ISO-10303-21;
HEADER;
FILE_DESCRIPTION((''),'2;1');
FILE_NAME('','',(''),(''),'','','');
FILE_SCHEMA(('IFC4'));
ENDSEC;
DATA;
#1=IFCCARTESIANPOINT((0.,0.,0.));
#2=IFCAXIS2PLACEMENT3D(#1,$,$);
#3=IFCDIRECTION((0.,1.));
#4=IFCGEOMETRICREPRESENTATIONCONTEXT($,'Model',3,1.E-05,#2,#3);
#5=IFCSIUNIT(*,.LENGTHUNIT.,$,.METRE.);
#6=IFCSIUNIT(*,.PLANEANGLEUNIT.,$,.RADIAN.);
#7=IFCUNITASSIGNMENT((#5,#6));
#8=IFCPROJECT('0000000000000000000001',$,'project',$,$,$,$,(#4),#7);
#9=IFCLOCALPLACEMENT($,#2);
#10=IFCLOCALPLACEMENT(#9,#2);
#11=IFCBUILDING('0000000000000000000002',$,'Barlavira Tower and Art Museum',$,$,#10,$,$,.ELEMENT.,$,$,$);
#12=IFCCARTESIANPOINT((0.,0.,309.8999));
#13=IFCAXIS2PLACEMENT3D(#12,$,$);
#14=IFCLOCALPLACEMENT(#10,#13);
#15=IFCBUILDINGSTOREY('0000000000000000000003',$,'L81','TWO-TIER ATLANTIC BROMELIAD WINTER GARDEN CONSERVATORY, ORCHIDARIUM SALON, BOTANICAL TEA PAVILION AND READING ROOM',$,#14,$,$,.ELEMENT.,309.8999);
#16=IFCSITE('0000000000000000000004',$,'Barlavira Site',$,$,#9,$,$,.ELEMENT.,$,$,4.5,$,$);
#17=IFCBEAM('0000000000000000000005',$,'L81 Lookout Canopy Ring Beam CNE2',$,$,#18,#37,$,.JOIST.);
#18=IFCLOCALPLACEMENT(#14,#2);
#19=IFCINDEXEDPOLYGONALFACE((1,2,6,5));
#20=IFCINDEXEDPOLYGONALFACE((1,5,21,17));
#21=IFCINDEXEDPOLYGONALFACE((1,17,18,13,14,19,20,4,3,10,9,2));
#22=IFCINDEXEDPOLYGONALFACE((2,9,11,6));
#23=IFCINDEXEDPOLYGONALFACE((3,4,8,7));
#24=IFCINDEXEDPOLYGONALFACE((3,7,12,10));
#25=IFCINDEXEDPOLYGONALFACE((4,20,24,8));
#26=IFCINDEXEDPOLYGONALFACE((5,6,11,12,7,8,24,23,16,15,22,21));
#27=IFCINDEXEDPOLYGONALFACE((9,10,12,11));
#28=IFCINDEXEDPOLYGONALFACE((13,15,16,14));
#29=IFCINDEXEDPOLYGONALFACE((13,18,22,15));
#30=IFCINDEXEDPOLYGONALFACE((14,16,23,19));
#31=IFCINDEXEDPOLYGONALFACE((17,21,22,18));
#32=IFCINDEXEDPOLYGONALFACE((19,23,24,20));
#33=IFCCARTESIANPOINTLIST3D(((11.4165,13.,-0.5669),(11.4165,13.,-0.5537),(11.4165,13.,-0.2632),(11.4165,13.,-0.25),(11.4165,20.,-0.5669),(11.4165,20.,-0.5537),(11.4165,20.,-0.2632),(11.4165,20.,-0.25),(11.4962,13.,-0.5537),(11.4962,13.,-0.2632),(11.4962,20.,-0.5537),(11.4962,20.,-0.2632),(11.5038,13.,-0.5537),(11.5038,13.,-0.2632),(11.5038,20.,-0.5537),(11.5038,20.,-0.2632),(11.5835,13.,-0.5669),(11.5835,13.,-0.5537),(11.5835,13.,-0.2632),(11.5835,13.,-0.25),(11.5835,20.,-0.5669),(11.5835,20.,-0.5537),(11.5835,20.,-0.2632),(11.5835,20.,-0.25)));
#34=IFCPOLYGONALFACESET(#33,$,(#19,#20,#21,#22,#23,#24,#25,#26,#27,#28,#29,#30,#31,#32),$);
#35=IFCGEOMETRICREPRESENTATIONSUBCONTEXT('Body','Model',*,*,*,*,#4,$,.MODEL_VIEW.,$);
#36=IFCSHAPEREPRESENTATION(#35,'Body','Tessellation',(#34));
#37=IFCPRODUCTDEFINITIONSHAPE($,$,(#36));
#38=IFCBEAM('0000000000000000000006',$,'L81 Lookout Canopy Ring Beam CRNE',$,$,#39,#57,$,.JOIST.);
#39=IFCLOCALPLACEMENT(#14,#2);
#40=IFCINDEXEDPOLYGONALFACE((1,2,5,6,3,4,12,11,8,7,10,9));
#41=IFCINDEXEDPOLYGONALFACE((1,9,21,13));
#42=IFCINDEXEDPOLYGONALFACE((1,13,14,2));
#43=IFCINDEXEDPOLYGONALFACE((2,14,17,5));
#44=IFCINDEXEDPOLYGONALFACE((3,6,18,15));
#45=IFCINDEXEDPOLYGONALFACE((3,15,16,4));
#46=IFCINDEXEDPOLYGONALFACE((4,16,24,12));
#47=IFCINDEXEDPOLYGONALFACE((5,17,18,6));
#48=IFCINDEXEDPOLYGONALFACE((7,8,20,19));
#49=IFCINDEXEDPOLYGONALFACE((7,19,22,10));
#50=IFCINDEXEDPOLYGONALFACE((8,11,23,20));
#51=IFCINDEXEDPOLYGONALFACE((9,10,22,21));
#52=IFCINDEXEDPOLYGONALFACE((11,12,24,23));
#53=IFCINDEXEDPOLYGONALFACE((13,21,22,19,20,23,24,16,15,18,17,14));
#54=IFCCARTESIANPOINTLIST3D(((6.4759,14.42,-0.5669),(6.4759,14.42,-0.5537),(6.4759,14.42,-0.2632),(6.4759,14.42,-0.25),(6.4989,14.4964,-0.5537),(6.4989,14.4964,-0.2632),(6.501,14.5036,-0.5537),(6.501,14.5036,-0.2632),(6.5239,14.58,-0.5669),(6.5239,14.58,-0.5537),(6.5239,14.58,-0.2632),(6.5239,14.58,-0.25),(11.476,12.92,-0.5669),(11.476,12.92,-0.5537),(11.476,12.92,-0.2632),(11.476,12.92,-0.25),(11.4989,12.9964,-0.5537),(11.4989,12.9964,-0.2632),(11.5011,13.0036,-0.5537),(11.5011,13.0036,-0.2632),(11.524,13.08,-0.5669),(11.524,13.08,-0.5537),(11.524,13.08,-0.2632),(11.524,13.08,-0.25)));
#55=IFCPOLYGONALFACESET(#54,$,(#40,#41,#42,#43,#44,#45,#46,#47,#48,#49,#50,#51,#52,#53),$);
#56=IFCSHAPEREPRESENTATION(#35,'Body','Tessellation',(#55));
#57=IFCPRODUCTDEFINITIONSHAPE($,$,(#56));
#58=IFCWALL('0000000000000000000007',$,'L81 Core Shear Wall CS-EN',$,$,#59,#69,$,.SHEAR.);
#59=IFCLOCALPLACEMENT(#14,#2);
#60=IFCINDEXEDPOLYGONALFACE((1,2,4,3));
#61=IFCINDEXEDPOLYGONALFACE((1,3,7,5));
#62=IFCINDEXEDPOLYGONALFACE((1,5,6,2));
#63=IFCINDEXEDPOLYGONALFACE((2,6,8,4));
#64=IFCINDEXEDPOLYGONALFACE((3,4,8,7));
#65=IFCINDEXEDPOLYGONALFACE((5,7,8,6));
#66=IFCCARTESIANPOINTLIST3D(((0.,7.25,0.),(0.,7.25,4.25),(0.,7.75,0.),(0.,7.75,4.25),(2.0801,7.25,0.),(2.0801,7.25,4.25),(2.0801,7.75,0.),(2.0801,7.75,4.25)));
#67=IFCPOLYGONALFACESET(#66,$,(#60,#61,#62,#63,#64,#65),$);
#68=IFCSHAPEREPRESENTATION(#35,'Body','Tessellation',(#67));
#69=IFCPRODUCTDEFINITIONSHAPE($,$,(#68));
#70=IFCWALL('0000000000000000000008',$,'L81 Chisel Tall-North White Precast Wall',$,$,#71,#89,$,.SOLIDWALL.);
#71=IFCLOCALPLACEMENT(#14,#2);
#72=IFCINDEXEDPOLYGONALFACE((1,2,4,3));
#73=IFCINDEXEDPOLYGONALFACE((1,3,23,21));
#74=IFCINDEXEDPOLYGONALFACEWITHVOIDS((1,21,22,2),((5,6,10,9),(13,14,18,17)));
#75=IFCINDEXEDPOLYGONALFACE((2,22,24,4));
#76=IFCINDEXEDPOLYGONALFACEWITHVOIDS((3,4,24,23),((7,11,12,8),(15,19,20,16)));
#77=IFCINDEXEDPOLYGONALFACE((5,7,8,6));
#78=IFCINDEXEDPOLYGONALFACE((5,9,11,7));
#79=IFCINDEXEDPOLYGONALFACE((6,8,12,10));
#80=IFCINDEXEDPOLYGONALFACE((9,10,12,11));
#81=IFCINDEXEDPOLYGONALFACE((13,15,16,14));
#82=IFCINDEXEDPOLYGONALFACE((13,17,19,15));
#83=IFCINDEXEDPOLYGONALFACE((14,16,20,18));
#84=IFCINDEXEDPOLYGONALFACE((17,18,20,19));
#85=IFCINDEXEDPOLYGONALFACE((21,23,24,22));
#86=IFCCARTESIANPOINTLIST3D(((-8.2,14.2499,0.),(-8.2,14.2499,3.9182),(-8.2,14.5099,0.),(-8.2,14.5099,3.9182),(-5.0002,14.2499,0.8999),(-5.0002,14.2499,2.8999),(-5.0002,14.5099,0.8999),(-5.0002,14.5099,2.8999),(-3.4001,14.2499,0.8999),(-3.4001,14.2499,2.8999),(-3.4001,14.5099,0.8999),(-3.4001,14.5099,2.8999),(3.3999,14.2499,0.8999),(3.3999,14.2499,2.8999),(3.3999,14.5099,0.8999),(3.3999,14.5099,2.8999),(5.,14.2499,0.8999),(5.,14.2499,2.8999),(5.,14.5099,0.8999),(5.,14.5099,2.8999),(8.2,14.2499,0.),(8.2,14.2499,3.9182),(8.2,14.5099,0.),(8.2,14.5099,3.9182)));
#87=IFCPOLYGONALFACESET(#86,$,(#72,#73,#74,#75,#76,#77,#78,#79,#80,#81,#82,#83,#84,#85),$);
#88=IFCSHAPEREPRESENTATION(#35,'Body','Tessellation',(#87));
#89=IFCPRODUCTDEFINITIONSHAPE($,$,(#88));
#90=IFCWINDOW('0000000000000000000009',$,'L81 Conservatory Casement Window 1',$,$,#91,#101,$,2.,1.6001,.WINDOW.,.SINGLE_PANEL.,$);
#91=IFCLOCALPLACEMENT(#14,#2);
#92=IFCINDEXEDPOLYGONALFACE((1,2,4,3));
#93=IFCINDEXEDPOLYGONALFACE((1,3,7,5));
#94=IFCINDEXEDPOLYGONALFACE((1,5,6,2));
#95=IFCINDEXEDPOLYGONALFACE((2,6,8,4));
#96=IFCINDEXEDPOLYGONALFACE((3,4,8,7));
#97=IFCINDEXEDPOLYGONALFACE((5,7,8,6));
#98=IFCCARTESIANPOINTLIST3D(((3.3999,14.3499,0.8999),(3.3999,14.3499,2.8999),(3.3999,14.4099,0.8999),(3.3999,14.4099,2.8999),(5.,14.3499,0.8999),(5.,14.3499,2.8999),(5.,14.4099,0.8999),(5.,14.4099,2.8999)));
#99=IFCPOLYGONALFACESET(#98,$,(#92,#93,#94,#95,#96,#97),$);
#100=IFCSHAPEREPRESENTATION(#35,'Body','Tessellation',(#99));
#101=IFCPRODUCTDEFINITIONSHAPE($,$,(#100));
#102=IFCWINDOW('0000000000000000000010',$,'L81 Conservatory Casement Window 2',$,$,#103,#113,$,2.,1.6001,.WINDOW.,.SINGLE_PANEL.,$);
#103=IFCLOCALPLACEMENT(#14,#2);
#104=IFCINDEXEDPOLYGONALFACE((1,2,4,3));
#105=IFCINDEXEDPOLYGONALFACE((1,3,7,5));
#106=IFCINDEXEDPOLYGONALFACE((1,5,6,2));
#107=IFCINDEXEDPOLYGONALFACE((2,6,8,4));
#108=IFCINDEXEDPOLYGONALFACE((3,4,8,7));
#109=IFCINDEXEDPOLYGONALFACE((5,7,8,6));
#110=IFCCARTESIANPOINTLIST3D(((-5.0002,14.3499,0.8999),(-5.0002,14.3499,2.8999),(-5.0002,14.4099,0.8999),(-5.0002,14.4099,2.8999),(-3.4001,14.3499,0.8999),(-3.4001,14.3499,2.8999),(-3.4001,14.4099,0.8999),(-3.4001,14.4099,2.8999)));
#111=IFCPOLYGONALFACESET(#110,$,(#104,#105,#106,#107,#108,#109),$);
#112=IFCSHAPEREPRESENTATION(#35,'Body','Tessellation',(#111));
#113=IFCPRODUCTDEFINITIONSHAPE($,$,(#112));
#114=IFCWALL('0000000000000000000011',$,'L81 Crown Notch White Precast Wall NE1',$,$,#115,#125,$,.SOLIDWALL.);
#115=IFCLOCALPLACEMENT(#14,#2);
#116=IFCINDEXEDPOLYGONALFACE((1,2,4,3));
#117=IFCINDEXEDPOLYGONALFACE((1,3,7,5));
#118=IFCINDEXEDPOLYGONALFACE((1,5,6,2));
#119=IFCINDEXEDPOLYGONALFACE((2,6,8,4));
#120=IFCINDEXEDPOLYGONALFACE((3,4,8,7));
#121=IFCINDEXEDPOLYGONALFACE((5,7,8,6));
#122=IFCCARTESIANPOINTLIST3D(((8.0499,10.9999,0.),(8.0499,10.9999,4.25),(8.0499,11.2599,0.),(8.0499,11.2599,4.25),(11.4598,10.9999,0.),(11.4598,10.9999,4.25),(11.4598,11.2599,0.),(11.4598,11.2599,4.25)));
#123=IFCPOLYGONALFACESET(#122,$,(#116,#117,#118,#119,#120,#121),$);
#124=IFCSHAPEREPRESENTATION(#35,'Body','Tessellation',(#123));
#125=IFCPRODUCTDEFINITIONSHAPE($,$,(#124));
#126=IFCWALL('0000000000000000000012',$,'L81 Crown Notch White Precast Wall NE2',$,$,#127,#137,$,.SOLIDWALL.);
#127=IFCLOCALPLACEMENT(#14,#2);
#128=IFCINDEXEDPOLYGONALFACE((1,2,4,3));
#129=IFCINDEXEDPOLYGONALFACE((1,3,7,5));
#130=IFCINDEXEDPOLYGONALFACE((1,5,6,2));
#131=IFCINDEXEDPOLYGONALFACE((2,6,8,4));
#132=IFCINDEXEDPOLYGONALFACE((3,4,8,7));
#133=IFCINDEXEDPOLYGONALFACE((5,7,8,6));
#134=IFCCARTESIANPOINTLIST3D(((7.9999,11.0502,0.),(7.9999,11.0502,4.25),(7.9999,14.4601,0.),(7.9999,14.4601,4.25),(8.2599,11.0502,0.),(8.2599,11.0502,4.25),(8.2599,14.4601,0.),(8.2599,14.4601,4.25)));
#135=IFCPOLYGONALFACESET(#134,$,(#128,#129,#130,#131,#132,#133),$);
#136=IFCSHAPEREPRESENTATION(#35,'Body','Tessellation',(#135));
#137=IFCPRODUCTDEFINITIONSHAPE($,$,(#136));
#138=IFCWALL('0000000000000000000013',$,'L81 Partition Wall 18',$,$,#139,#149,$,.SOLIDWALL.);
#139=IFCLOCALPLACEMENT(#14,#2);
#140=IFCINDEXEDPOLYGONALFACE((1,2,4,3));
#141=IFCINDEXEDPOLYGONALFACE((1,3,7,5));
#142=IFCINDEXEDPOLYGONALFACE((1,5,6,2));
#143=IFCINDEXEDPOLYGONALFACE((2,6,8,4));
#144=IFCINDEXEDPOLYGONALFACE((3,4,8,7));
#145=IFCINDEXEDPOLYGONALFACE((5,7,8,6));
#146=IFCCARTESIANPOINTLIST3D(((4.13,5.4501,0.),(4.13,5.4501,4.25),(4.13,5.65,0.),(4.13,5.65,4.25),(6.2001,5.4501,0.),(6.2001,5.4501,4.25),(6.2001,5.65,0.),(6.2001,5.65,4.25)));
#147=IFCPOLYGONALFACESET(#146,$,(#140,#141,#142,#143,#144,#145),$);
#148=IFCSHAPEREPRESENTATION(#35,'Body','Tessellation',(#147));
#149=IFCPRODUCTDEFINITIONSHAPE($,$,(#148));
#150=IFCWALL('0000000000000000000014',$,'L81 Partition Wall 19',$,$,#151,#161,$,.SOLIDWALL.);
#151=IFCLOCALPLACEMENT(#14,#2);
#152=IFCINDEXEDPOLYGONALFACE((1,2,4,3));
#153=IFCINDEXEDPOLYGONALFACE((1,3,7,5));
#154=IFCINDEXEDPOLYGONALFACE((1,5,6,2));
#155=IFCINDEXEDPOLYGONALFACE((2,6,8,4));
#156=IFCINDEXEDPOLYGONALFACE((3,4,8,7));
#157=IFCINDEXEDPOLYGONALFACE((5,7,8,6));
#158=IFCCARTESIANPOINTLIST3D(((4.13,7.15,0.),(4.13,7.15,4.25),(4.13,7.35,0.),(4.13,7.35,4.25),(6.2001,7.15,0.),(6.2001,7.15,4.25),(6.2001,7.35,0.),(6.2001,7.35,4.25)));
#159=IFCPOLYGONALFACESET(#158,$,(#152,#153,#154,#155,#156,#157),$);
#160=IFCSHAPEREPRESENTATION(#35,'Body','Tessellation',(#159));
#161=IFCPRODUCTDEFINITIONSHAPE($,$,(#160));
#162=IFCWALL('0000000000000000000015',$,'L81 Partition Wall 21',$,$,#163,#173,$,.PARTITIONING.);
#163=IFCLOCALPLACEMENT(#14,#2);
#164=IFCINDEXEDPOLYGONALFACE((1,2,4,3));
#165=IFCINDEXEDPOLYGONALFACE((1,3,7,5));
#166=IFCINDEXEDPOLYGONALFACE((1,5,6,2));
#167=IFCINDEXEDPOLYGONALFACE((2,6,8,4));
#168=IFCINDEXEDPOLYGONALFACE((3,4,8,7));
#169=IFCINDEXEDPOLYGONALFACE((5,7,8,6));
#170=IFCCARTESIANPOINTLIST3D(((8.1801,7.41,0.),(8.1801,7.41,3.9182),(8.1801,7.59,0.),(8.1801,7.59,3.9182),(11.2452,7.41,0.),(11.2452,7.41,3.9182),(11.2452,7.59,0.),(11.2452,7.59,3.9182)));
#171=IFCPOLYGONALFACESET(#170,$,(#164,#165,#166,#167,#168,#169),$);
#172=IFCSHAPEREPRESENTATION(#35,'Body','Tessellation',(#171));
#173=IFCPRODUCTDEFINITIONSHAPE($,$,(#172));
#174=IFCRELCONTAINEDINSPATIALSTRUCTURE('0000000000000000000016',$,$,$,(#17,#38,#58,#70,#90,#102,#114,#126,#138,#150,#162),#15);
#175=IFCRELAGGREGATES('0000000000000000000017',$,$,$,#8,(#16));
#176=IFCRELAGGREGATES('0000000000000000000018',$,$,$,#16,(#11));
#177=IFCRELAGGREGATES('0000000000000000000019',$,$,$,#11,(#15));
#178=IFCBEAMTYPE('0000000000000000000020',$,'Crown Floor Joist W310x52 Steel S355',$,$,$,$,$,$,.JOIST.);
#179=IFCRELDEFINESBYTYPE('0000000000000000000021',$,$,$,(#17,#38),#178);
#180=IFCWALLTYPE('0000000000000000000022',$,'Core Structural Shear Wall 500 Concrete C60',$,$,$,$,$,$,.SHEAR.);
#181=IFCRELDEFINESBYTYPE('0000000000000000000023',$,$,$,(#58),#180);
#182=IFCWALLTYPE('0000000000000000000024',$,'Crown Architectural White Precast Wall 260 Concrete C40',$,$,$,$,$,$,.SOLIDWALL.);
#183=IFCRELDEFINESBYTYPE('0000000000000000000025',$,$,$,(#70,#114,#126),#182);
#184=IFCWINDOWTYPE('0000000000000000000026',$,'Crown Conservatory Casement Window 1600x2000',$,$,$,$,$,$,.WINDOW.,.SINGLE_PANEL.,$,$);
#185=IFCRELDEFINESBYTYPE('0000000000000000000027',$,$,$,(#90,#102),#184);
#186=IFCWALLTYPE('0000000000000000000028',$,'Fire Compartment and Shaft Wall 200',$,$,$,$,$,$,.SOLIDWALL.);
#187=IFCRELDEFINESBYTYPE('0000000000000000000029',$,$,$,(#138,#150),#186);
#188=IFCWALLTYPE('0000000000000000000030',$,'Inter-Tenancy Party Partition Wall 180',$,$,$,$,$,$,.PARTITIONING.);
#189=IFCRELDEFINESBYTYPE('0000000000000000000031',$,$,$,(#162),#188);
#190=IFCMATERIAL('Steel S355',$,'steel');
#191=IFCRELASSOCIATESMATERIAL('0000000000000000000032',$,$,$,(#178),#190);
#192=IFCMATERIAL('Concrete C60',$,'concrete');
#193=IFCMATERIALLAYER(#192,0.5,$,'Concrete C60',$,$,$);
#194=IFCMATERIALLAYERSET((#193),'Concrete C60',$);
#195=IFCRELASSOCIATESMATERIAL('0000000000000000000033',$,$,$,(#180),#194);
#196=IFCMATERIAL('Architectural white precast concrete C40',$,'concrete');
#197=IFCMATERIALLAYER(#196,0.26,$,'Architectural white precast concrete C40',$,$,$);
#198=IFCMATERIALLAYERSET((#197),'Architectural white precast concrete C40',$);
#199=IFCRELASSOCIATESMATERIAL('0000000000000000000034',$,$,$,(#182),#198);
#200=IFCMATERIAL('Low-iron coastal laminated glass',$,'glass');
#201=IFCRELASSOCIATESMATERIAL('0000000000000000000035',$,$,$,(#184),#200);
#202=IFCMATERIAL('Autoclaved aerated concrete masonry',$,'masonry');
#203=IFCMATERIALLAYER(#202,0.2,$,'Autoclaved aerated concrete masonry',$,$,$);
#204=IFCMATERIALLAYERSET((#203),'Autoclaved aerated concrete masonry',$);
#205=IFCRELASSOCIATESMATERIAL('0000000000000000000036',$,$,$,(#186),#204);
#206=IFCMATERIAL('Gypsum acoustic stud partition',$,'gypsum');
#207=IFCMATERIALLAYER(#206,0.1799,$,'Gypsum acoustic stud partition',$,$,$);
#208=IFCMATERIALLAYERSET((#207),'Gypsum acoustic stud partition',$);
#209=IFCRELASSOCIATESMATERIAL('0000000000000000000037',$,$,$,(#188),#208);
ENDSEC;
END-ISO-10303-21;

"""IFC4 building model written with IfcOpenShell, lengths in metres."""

from ifc_helpers import new_model, si_unit, direction, frame, frame_2d, origin, origin_2d, place, context, subcontext, project, spatial, rectangle, i_section, extrude, material, layer, layer_set, material_profile, profile_set, type_object, element, fill, save


model = new_model("IFC4")

# Units and contexts
model_context = context("Model", 3, precision=1e-05, world=origin(), true_north=direction((0.0, 1.0)))
body_context = subcontext(model_context, "Body", "Model", "MODEL_VIEW")
ifc_project = project(units=[si_unit("LENGTHUNIT", "METRE"), si_unit("PLANEANGLEUNIT", "RADIAN")], contexts=[model_context])

# Site, building, storey
site_placement = place(None, origin())
site = spatial("IfcSite", under=ifc_project, at=site_placement, Name="Barlavira Site", CompositionType="ELEMENT", RefElevation=4.5)
building_placement = place(site_placement, origin())
building = spatial("IfcBuilding", under=site, at=building_placement, Name="Barlavira Tower and Art Museum", CompositionType="ELEMENT")
storey_placement = place(building_placement, frame((0.0, 0.0, 309.8999)))
storey = spatial("IfcBuildingStorey", under=building, at=storey_placement, Name="L81", Description="TWO-TIER ATLANTIC BROMELIAD WINTER GARDEN CONSERVATORY, ORCHIDARIUM SALON, BOTANICAL TEA PAVILION AND READING ROOM", CompositionType="ELEMENT", Elevation=309.8999)

# Shared definitions
ifc_material_1 = material(Name="Steel S355", Category="steel")

# Beams
ifc_material_profile_1 = material_profile(ifc_material_1, i_section(OverallWidth=0.167, OverallDepth=0.3169, WebThickness=0.0076, FlangeThickness=0.0132, at=origin_2d()), Name="W310x52.0")
ifc_profile_set_1 = profile_set([ifc_material_profile_1], Name="Steel S355")
beam_type = type_object("IfcBeamType", Name="Crown Floor Joist W310x52 Steel S355", PredefinedType="JOIST", material=ifc_profile_set_1)
beam_1_placement = place(storey_placement, frame((11.5, 13.0, -0.4084), z_axis=(0.0, 1.0, 0.0), x_axis=(-1.0, 0.0, 0.0)))
element("IfcBeam", 1, at=beam_1_placement, inside=storey, type_object=beam_type, Name="L81 Lookout Canopy Ring Beam CNE2", PredefinedType="JOIST", context=body_context, shape_type="SweptSolid", body=[
    extrude(i_section(OverallWidth=0.167, OverallDepth=0.3169, WebThickness=0.0076, FlangeThickness=0.0132, at=origin_2d()), origin(), (0.0, 0.0, 1.0), 7.0),
])
beam_2_placement = place(storey_placement, frame((11.5, 13.0, -0.4084), z_axis=(-0.957826, 0.287348, 0.0), x_axis=(-0.287348, -0.957826, 0.0)))
element("IfcBeam", 2, at=beam_2_placement, inside=storey, type_object=beam_type, Name="L81 Lookout Canopy Ring Beam CRNE", PredefinedType="JOIST", context=body_context, shape_type="SweptSolid", body=[
    extrude(i_section(OverallWidth=0.167, OverallDepth=0.3169, WebThickness=0.0076, FlangeThickness=0.0132, at=origin_2d()), origin(), (0.0, 0.0, 1.0), 5.2202),
])

# Wall
ifc_material_2 = material(Name="Concrete C60", Category="concrete")
ifc_layer_1 = layer(ifc_material_2, 0.5, Name="Concrete C60")
ifc_layer_set_1 = layer_set([ifc_layer_1], Name="Concrete C60")
wall_type_1 = type_object("IfcWallType", Name="Core Structural Shear Wall 500 Concrete C60", PredefinedType="SHEAR", material=ifc_layer_set_1)
wall_1_placement = place(storey_placement, frame((0.0, 7.5, 0.0), z_axis=(0.0, 0.0, 1.0), x_axis=(1.0, 0.0, 0.0)))
element("IfcWall", 3, at=wall_1_placement, inside=storey, type_object=wall_type_1, Name="L81 Core Shear Wall CS-EN", PredefinedType="SHEAR", context=body_context, shape_type="SweptSolid", body=[
    extrude(rectangle(XDim=2.0801, YDim=0.5, at=frame_2d((1.04, 0.0))), origin(), (0.0, 0.0, 1.0), 4.25),
])

# Wall, openings, windows
ifc_material_3 = material(Name="Architectural white precast concrete C40", Category="concrete")
ifc_layer_2 = layer(ifc_material_3, 0.26, Name="Architectural white precast concrete C40")
ifc_layer_set_2 = layer_set([ifc_layer_2], Name="Architectural white precast concrete C40")
wall_type_2 = type_object("IfcWallType", Name="Crown Architectural White Precast Wall 260 Concrete C40", PredefinedType="SOLIDWALL", material=ifc_layer_set_2)
wall_2_placement = place(storey_placement, frame((8.2, 14.3799, 0.0), z_axis=(0.0, 0.0, 1.0), x_axis=(-1.0, 0.0, 0.0)))
wall_2 = element("IfcWall", 4, at=wall_2_placement, inside=storey, type_object=wall_type_2, Name="L81 Chisel Tall-North White Precast Wall", PredefinedType="SOLIDWALL", context=body_context, shape_type="SweptSolid", body=[
    extrude(rectangle(XDim=16.3999, YDim=0.26, at=frame_2d((8.2, 0.0))), origin(), (0.0, 0.0, 1.0), 3.9182),
])
opening_1_placement = place(wall_2_placement, frame((3.2, 0.0, 0.8999)))
opening_1 = element("IfcOpeningElement", 5, at=opening_1_placement, cuts=wall_2, PredefinedType="OPENING", context=body_context, shape_type="SweptSolid", body=[
    extrude(rectangle(XDim=1.6001, YDim=2.0, at=frame_2d((0.8, 1.0))), frame((0.0, 0.1401, 0.0), z_axis=(0.0, -1.0, 0.0), x_axis=(1.0, 0.0, 0.0)), (0.0, 0.0, 1.0), 0.28),
])
opening_2_placement = place(wall_2_placement, frame((11.6001, 0.0, 0.8999)))
opening_2 = element("IfcOpeningElement", 6, at=opening_2_placement, cuts=wall_2, PredefinedType="OPENING", context=body_context, shape_type="SweptSolid", body=[
    extrude(rectangle(XDim=1.6001, YDim=2.0, at=frame_2d((0.8, 1.0))), frame((0.0, 0.1401, 0.0), z_axis=(0.0, -1.0, 0.0), x_axis=(1.0, 0.0, 0.0)), (0.0, 0.0, 1.0), 0.28),
])
ifc_material_4 = material(Name="Low-iron coastal laminated glass", Category="glass")
window_type = type_object("IfcWindowType", Name="Crown Conservatory Casement Window 1600x2000", PartitioningType="SINGLE_PANEL", PredefinedType="WINDOW", material=ifc_material_4)
window_1_placement = place(opening_1_placement, origin())
window_1 = element("IfcWindow", 7, at=window_1_placement, inside=storey, type_object=window_type, Name="L81 Conservatory Casement Window 1", OverallHeight=2.0, OverallWidth=1.6001, PartitioningType="SINGLE_PANEL", PredefinedType="WINDOW", context=body_context, shape_type="SweptSolid", body=[
    extrude(rectangle(XDim=1.6001, YDim=2.0, at=frame_2d((0.8, 1.0))), frame((0.0, 0.03, 0.0), z_axis=(0.0, -1.0, 0.0), x_axis=(1.0, 0.0, 0.0)), (0.0, 0.0, 1.0), 0.0601),
])
fill(opening_1, window_1)
window_2_placement = place(opening_2_placement, origin())
window_2 = element("IfcWindow", 8, at=window_2_placement, inside=storey, type_object=window_type, Name="L81 Conservatory Casement Window 2", OverallHeight=2.0, OverallWidth=1.6001, PartitioningType="SINGLE_PANEL", PredefinedType="WINDOW", context=body_context, shape_type="SweptSolid", body=[
    extrude(rectangle(XDim=1.6001, YDim=2.0, at=frame_2d((0.8, 1.0))), frame((0.0, 0.03, 0.0), z_axis=(0.0, -1.0, 0.0), x_axis=(1.0, 0.0, 0.0)), (0.0, 0.0, 1.0), 0.0601),
])
fill(opening_2, window_2)

# Walls
for number, where, z_axis, x_axis, name in (
    (9, (11.46, 11.1299, 0.0), (0.0, 0.0, 1.0), (-1.0, 0.0, 0.0), "L81 Crown Notch White Precast Wall NE1"),
    (10, (8.1299, 11.05, 0.0), (0.0, 0.0, 1.0), (0.0, 1.0, 0.0), "L81 Crown Notch White Precast Wall NE2"),
):
    element("IfcWall", number, at=place(storey_placement, frame(where, z_axis=z_axis, x_axis=x_axis)), inside=storey, type_object=wall_type_2, Name=name, PredefinedType="SOLIDWALL", context=body_context, shape_type="SweptSolid", body=[
        extrude(rectangle(XDim=3.4099, YDim=0.26, at=frame_2d((1.7051, 0.0))), origin(), (0.0, 0.0, 1.0), 4.25),
    ])
ifc_material_5 = material(Name="Autoclaved aerated concrete masonry", Category="masonry")
ifc_layer_3 = layer(ifc_material_5, 0.2, Name="Autoclaved aerated concrete masonry")
ifc_layer_set_3 = layer_set([ifc_layer_3], Name="Autoclaved aerated concrete masonry")
wall_type_3 = type_object("IfcWallType", Name="Fire Compartment and Shaft Wall 200", PredefinedType="SOLIDWALL", material=ifc_layer_set_3)
for number, where, z_axis, x_axis, name in (
    (11, (4.1299, 5.55, 0.0), (0.0, 0.0, 1.0), (1.0, 0.0, 0.0), "L81 Partition Wall 18"),
    (12, (4.1299, 7.25, 0.0), (0.0, 0.0, 1.0), (1.0, 0.0, 0.0), "L81 Partition Wall 19"),
):
    element("IfcWall", number, at=place(storey_placement, frame(where, z_axis=z_axis, x_axis=x_axis)), inside=storey, type_object=wall_type_3, Name=name, PredefinedType="SOLIDWALL", context=body_context, shape_type="SweptSolid", body=[
        extrude(rectangle(XDim=2.0701, YDim=0.2, at=frame_2d((1.0352, 0.0))), origin(), (0.0, 0.0, 1.0), 4.25),
    ])
ifc_material_6 = material(Name="Gypsum acoustic stud partition", Category="gypsum")
ifc_layer_4 = layer(ifc_material_6, 0.1799, Name="Gypsum acoustic stud partition")
ifc_layer_set_4 = layer_set([ifc_layer_4], Name="Gypsum acoustic stud partition")
wall_type_4 = type_object("IfcWallType", Name="Inter-Tenancy Party Partition Wall 180", PredefinedType="PARTITIONING", material=ifc_layer_set_4)
wall_3_placement = place(storey_placement, frame((8.1799, 7.5, 0.0), z_axis=(0.0, 0.0, 1.0), x_axis=(1.0, 0.0, 0.0)))
element("IfcWall", 13, at=wall_3_placement, inside=storey, type_object=wall_type_4, Name="L81 Partition Wall 21", PredefinedType="PARTITIONING", context=body_context, shape_type="SweptSolid", body=[
    extrude(rectangle(XDim=3.0652, YDim=0.1799, at=frame_2d((1.5327, 0.0))), origin(), (0.0, 0.0, 1.0), 3.9182),
])

save(model, "model.ifc")
